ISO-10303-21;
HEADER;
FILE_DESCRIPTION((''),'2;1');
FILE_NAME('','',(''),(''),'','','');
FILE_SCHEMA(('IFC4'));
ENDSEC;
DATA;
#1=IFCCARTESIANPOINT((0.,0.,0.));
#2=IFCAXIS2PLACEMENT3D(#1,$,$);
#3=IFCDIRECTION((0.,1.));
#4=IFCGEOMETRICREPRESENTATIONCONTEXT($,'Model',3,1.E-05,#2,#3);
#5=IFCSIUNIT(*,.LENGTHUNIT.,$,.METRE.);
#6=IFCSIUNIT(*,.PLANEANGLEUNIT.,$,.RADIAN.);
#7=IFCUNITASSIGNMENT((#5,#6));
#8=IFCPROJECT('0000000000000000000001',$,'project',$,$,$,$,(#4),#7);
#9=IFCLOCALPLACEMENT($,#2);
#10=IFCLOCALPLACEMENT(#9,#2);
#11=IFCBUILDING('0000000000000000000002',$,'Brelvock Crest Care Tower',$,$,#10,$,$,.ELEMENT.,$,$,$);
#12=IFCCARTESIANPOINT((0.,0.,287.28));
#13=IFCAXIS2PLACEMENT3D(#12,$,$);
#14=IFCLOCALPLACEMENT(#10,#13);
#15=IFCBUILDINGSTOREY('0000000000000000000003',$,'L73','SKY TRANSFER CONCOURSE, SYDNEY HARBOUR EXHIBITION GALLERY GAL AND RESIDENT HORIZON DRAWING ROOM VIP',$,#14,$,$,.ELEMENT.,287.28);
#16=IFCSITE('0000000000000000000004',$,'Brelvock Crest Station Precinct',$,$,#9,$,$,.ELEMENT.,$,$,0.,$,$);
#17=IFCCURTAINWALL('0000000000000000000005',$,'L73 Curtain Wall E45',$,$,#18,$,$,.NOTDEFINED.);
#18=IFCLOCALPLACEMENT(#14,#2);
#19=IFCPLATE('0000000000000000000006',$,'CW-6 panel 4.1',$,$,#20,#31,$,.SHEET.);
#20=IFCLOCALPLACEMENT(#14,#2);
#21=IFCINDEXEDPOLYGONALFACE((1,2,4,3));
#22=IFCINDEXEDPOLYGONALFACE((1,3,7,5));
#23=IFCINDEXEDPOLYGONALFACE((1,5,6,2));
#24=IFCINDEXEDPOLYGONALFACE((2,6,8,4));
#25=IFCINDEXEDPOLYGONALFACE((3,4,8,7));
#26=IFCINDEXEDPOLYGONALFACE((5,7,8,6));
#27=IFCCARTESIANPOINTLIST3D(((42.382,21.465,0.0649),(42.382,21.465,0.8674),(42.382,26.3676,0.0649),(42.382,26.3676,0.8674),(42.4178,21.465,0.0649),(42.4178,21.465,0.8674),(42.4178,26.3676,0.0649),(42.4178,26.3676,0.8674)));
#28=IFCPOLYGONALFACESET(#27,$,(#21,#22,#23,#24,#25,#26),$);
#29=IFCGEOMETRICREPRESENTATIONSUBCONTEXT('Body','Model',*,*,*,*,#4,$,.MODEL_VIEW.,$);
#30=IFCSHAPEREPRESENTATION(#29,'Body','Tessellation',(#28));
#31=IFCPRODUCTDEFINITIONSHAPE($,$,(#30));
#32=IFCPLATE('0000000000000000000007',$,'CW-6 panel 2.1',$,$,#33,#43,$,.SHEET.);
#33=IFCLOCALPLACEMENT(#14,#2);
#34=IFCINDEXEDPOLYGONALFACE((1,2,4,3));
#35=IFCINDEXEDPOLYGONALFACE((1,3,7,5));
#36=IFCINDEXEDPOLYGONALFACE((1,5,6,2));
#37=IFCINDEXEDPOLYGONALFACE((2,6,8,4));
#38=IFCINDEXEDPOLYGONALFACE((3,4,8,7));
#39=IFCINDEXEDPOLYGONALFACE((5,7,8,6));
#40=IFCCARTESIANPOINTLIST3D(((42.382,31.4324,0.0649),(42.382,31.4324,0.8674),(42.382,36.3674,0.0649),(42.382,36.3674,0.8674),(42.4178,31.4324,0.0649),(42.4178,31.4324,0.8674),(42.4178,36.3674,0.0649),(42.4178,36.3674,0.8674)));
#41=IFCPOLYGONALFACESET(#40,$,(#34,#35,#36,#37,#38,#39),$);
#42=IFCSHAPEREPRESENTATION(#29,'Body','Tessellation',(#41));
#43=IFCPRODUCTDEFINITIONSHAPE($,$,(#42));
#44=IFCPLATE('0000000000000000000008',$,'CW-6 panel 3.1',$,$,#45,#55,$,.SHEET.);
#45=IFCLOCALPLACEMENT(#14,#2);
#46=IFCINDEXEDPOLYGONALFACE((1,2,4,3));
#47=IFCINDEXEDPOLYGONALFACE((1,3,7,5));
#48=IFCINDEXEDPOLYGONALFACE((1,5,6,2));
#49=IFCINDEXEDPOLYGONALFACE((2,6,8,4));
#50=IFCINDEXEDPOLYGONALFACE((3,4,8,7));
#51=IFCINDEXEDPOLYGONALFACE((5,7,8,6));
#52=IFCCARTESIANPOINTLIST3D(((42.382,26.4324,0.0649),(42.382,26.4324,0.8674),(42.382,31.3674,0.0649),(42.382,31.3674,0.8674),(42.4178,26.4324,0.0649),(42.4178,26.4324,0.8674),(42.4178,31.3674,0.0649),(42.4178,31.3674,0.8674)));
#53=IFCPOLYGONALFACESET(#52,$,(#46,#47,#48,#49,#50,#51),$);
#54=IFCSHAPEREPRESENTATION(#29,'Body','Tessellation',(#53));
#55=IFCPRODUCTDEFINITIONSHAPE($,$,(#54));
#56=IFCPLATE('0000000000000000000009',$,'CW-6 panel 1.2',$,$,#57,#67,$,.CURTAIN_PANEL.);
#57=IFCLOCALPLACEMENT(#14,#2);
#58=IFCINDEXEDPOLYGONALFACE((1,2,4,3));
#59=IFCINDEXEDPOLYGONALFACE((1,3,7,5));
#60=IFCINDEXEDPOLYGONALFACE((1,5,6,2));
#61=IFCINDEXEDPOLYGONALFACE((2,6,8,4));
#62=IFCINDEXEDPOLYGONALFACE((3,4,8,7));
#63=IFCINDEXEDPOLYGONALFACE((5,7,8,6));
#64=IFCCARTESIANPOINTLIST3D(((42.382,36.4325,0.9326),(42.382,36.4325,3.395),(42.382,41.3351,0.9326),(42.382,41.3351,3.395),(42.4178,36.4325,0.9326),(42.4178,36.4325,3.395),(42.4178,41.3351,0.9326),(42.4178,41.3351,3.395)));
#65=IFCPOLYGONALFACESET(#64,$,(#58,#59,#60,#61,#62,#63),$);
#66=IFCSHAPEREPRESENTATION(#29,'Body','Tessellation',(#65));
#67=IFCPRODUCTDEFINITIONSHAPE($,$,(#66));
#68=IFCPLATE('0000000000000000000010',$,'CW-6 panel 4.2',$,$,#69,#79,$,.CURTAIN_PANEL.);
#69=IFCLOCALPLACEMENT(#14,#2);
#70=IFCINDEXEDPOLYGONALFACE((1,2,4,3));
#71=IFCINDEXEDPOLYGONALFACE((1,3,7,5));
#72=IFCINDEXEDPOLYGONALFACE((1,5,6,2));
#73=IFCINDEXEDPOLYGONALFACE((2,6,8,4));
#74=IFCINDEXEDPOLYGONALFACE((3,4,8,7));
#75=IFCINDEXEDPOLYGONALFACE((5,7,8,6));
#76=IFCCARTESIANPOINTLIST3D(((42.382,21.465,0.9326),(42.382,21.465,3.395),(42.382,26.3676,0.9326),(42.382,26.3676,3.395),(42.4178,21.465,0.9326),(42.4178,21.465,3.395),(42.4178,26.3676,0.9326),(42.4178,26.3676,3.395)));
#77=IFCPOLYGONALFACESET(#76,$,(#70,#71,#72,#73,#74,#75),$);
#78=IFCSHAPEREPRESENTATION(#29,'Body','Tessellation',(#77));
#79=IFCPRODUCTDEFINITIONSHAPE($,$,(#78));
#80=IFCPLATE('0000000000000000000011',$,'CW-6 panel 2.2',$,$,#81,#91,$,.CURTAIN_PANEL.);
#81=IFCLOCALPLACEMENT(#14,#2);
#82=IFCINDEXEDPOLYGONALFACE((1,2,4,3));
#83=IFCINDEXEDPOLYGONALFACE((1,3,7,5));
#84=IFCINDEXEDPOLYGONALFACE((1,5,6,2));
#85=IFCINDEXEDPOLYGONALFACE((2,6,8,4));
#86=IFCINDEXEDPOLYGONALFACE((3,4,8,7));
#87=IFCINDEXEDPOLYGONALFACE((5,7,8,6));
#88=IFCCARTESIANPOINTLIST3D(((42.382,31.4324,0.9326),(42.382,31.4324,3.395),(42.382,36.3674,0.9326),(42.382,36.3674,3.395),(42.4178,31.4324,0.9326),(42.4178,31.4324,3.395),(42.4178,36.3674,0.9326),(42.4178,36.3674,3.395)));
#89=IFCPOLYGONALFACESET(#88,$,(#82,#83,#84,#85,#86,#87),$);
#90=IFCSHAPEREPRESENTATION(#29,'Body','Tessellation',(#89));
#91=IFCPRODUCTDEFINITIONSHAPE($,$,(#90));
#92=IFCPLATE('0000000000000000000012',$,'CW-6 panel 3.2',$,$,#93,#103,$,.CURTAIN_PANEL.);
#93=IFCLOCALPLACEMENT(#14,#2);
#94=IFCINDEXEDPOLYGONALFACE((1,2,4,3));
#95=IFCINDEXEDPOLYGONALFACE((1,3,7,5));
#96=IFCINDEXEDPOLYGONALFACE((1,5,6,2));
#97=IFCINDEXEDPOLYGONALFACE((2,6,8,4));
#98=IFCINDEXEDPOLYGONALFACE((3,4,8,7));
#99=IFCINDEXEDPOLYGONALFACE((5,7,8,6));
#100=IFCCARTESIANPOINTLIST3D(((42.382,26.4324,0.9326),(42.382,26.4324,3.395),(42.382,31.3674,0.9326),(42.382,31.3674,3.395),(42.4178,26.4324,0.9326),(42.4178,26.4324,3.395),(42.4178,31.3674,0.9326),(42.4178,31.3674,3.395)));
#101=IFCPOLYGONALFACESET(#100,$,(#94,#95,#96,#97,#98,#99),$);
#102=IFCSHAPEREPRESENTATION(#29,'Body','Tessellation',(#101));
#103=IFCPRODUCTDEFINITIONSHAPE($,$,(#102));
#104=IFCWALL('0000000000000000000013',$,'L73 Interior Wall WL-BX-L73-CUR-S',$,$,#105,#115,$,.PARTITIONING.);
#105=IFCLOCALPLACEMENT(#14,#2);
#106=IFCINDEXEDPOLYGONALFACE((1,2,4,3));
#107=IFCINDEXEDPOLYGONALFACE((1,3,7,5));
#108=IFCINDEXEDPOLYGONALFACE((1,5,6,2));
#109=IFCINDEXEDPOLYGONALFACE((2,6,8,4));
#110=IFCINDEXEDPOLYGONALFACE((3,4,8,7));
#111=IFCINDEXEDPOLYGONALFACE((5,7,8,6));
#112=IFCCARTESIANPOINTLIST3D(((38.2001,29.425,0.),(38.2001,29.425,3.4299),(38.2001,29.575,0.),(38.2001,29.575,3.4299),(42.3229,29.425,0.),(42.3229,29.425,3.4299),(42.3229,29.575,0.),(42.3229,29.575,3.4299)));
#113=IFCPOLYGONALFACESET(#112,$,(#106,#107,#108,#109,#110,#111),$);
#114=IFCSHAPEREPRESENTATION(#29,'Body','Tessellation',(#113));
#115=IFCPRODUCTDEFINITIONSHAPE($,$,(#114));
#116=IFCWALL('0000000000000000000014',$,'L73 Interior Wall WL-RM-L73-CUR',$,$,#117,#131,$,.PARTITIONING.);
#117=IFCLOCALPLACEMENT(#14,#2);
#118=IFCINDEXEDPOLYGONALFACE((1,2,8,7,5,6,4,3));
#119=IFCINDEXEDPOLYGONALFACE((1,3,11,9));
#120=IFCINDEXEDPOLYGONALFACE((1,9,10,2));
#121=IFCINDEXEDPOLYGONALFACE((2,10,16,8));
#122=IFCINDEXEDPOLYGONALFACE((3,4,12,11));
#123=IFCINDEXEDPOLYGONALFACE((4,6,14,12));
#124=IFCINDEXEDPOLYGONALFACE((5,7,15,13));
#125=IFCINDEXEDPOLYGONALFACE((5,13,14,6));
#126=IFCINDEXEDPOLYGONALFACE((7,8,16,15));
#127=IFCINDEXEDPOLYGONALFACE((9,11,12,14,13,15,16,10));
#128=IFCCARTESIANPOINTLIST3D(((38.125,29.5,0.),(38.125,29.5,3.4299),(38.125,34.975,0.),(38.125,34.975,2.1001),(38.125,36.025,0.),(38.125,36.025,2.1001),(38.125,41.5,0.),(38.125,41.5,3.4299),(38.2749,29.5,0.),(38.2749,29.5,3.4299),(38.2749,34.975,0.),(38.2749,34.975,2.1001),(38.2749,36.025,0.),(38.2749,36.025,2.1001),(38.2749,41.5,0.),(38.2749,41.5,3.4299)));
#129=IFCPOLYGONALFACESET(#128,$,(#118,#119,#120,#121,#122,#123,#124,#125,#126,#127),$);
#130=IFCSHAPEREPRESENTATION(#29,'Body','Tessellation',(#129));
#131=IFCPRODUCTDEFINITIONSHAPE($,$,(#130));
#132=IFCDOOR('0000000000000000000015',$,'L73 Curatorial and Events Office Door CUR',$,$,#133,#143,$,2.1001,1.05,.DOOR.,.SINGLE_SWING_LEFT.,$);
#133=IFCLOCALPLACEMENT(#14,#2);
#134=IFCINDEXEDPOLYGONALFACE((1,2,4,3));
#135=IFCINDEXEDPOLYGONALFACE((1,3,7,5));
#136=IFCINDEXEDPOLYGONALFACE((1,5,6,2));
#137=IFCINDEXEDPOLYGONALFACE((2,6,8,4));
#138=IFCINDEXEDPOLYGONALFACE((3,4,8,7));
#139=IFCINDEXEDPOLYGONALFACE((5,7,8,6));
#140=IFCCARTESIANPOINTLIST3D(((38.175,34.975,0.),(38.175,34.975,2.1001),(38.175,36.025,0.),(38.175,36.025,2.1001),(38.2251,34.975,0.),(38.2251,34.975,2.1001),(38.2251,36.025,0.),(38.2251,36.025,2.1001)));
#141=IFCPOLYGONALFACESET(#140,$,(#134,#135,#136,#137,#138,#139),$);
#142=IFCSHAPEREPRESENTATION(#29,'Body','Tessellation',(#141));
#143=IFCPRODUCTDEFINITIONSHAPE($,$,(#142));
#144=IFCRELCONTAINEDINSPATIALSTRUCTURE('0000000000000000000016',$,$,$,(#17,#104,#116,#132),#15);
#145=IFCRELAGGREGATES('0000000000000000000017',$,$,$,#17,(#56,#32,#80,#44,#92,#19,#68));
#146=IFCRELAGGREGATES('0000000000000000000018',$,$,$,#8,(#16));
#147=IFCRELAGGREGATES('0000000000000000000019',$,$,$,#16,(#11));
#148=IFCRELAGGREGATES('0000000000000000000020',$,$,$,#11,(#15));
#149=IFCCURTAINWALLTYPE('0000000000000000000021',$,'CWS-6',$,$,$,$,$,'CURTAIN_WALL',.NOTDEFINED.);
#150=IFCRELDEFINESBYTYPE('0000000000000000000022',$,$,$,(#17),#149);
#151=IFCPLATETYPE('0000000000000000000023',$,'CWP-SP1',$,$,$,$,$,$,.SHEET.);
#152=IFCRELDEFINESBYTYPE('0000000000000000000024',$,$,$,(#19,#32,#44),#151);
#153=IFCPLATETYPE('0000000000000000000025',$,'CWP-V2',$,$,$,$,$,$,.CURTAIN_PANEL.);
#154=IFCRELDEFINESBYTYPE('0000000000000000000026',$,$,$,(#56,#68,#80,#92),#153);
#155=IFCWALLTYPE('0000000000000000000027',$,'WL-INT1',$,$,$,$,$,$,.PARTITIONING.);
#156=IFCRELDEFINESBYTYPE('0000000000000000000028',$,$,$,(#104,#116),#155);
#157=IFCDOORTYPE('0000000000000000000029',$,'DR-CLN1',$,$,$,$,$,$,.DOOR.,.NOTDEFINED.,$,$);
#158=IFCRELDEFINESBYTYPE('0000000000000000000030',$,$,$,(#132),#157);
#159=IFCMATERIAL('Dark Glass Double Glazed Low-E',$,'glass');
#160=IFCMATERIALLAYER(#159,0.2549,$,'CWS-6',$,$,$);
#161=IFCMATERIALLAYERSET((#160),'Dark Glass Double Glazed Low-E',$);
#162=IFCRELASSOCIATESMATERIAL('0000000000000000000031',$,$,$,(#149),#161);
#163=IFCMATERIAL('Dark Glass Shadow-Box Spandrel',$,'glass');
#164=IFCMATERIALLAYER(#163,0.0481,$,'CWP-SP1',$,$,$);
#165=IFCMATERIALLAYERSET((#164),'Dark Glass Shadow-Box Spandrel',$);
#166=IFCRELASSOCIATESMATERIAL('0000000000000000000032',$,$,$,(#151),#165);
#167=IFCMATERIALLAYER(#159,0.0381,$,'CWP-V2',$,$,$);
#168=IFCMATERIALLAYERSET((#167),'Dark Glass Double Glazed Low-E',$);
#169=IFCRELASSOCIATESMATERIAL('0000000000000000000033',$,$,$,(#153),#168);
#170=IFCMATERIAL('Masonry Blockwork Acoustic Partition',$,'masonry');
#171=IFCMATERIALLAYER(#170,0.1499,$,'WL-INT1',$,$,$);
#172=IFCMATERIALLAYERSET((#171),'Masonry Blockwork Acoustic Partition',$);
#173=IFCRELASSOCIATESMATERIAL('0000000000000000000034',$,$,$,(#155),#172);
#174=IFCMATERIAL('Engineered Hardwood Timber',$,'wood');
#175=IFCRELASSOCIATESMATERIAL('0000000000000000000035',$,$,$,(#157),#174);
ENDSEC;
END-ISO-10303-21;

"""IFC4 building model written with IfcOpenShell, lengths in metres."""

from ifc_helpers import new_model, si_unit, direction, frame, frame_2d, origin, origin_2d, place, context, subcontext, project, spatial, rectangle, extrude, source, transform, mapped, material, layer, layer_set, type_object, element, fill, aggregate, save


model = new_model("IFC4")

# Units and contexts
model_context = context("Model", 3, precision=1e-05, world=origin(), true_north=direction((0.0, 1.0)))
body_context = subcontext(model_context, "Body", "Model", "MODEL_VIEW")
ifc_project = project(units=[si_unit("LENGTHUNIT", "METRE"), si_unit("PLANEANGLEUNIT", "RADIAN")], contexts=[model_context])

# Site, building, storey
site_placement = place(None, origin())
site = spatial("IfcSite", under=ifc_project, at=site_placement, Name="Brelvock Crest Station Precinct", CompositionType="ELEMENT", RefElevation=0.0)
building_placement = place(site_placement, origin())
building = spatial("IfcBuilding", under=site, at=building_placement, Name="Brelvock Crest Care Tower", CompositionType="ELEMENT")
storey_placement = place(building_placement, frame((0.0, 0.0, 287.28)))
storey = spatial("IfcBuildingStorey", under=building, at=storey_placement, Name="L73", Description="SKY TRANSFER CONCOURSE, SYDNEY HARBOUR EXHIBITION GALLERY GAL AND RESIDENT HORIZON DRAWING ROOM VIP", CompositionType="ELEMENT", Elevation=287.28)

# Curtain wall, plates
ifc_material_1 = material(Name="Dark Glass Double Glazed Low-E", Category="glass")
ifc_layer_1 = layer(ifc_material_1, 0.2549, Name="CWS-6")
ifc_layer_set_1 = layer_set([ifc_layer_1], Name="Dark Glass Double Glazed Low-E")
curtain_wall_type = type_object("IfcCurtainWallType", Name="CWS-6", ElementType="CURTAIN_WALL", PredefinedType="NOTDEFINED", material=ifc_layer_set_1)
curtain_wall_placement = place(storey_placement, origin())
curtain_wall = element("IfcCurtainWall", 1, at=curtain_wall_placement, inside=storey, type_object=curtain_wall_type, Name="L73 Curtain Wall E45", PredefinedType="NOTDEFINED")
ifc_material_2 = material(Name="Dark Glass Shadow-Box Spandrel", Category="glass")
ifc_layer_2 = layer(ifc_material_2, 0.0481, Name="CWP-SP1")
ifc_layer_set_2 = layer_set([ifc_layer_2], Name="Dark Glass Shadow-Box Spandrel")
plate_type_1 = type_object("IfcPlateType", Name="CWP-SP1", PredefinedType="SHEET", material=ifc_layer_set_2)
shared_shape_1 = source(origin(), body_context, "Body", "SweptSolid", [
    extrude(rectangle(XDim=4.9026, YDim=0.0359, at=origin_2d()), origin(), (0.0, 0.0, 1.0), 0.8025),
])
plate_1_placement = place(storey_placement, frame((42.3999, 23.9163, 0.0649), z_axis=(0.0, 0.0, 1.0), x_axis=(0.0, -1.0, 0.0)))
plate_1 = element("IfcPlate", 2, at=plate_1_placement, type_object=plate_type_1, Name="CW-6 panel 4.1", PredefinedType="SHEET", context=body_context, shape_type="MappedRepresentation", body=[
    mapped(shared_shape_1, transform((0.0, 0.0, 0.0), x_axis=(1.0, 0.0, 0.0), y_axis=(0.0, 1.0, 0.0), z_axis=(0.0, 0.0, 1.0), scale=1.0)),
])
shared_shape_2 = source(origin(), body_context, "Body", "SweptSolid", [
    extrude(rectangle(XDim=4.9351, YDim=0.0359, at=origin_2d()), origin(), (0.0, 0.0, 1.0), 0.8025),
])
plate_2_placement = place(storey_placement, frame((42.3999, 33.8999, 0.0649), z_axis=(0.0, 0.0, 1.0), x_axis=(0.0, -1.0, 0.0)))
plate_2 = element("IfcPlate", 3, at=plate_2_placement, type_object=plate_type_1, Name="CW-6 panel 2.1", PredefinedType="SHEET", context=body_context, shape_type="MappedRepresentation", body=[
    mapped(shared_shape_2, transform((0.0, 0.0, 0.0), x_axis=(1.0, 0.0, 0.0), y_axis=(0.0, 1.0, 0.0), z_axis=(0.0, 0.0, 1.0), scale=1.0)),
])
plate_3_placement = place(storey_placement, frame((42.3999, 28.8999, 0.0649), z_axis=(0.0, 0.0, 1.0), x_axis=(0.0, -1.0, 0.0)))
plate_3 = element("IfcPlate", 4, at=plate_3_placement, type_object=plate_type_1, Name="CW-6 panel 3.1", PredefinedType="SHEET", context=body_context, shape_type="MappedRepresentation", body=[
    mapped(shared_shape_2, transform((0.0, 0.0, 0.0), x_axis=(1.0, 0.0, 0.0), y_axis=(0.0, 1.0, 0.0), z_axis=(0.0, 0.0, 1.0), scale=1.0)),
])
ifc_layer_3 = layer(ifc_material_1, 0.0381, Name="CWP-V2")
ifc_layer_set_3 = layer_set([ifc_layer_3], Name="Dark Glass Double Glazed Low-E")
plate_type_2 = type_object("IfcPlateType", Name="CWP-V2", PredefinedType="CURTAIN_PANEL", material=ifc_layer_set_3)
shared_shape_3 = source(origin(), body_context, "Body", "SweptSolid", [
    extrude(rectangle(XDim=4.9026, YDim=0.0359, at=origin_2d()), origin(), (0.0, 0.0, 1.0), 2.4624),
])
plate_4_placement = place(storey_placement, frame((42.3999, 38.8838, 0.9326), z_axis=(0.0, 0.0, 1.0), x_axis=(0.0, -1.0, 0.0)))
plate_4 = element("IfcPlate", 5, at=plate_4_placement, type_object=plate_type_2, Name="CW-6 panel 1.2", PredefinedType="CURTAIN_PANEL", context=body_context, shape_type="MappedRepresentation", body=[
    mapped(shared_shape_3, transform((0.0, 0.0, 0.0), x_axis=(1.0, 0.0, 0.0), y_axis=(0.0, 1.0, 0.0), z_axis=(0.0, 0.0, 1.0), scale=1.0)),
])
plate_5_placement = place(storey_placement, frame((42.3999, 23.9163, 0.9326), z_axis=(0.0, 0.0, 1.0), x_axis=(0.0, -1.0, 0.0)))
plate_5 = element("IfcPlate", 6, at=plate_5_placement, type_object=plate_type_2, Name="CW-6 panel 4.2", PredefinedType="CURTAIN_PANEL", context=body_context, shape_type="MappedRepresentation", body=[
    mapped(shared_shape_3, transform((0.0, 0.0, 0.0), x_axis=(1.0, 0.0, 0.0), y_axis=(0.0, 1.0, 0.0), z_axis=(0.0, 0.0, 1.0), scale=1.0)),
])
shared_shape_4 = source(origin(), body_context, "Body", "SweptSolid", [
    extrude(rectangle(XDim=4.9351, YDim=0.0359, at=origin_2d()), origin(), (0.0, 0.0, 1.0), 2.4624),
])
plate_6_placement = place(storey_placement, frame((42.3999, 33.8999, 0.9326), z_axis=(0.0, 0.0, 1.0), x_axis=(0.0, -1.0, 0.0)))
plate_6 = element("IfcPlate", 7, at=plate_6_placement, type_object=plate_type_2, Name="CW-6 panel 2.2", PredefinedType="CURTAIN_PANEL", context=body_context, shape_type="MappedRepresentation", body=[
    mapped(shared_shape_4, transform((0.0, 0.0, 0.0), x_axis=(1.0, 0.0, 0.0), y_axis=(0.0, 1.0, 0.0), z_axis=(0.0, 0.0, 1.0), scale=1.0)),
])
plate_7_placement = place(storey_placement, frame((42.3999, 28.8999, 0.9326), z_axis=(0.0, 0.0, 1.0), x_axis=(0.0, -1.0, 0.0)))
plate_7 = element("IfcPlate", 8, at=plate_7_placement, type_object=plate_type_2, Name="CW-6 panel 3.2", PredefinedType="CURTAIN_PANEL", context=body_context, shape_type="MappedRepresentation", body=[
    mapped(shared_shape_4, transform((0.0, 0.0, 0.0), x_axis=(1.0, 0.0, 0.0), y_axis=(0.0, 1.0, 0.0), z_axis=(0.0, 0.0, 1.0), scale=1.0)),
])
aggregate(curtain_wall, [plate_4, plate_2, plate_6, plate_3, plate_7, plate_1, plate_5])

# Wall
ifc_material_3 = material(Name="Masonry Blockwork Acoustic Partition", Category="masonry")
ifc_layer_4 = layer(ifc_material_3, 0.1499, Name="WL-INT1")
ifc_layer_set_4 = layer_set([ifc_layer_4], Name="Masonry Blockwork Acoustic Partition")
wall_type_1 = type_object("IfcWallType", Name="WL-INT1", PredefinedType="PARTITIONING", material=ifc_layer_set_4)
wall_1_placement = place(storey_placement, frame((38.2, 29.5, 0.0), z_axis=(0.0, 0.0, 1.0), x_axis=(1.0, 0.0, 0.0)))
element("IfcWall", 9, at=wall_1_placement, inside=storey, type_object=wall_type_1, Name="L73 Interior Wall WL-BX-L73-CUR-S", PredefinedType="PARTITIONING", context=body_context, shape_type="SweptSolid", body=[
    extrude(rectangle(XDim=4.1228, YDim=0.1499, at=frame_2d((2.0615, 0.0))), origin(), (0.0, 0.0, 1.0), 3.4299),
])

# Wall, opening, door
wall_2_placement = place(storey_placement, frame((38.2, 29.5, 0.0), z_axis=(0.0, 0.0, 1.0), x_axis=(0.0, 1.0, 0.0)))
wall_2 = element("IfcWall", 10, at=wall_2_placement, inside=storey, type_object=wall_type_1, Name="L73 Interior Wall WL-RM-L73-CUR", PredefinedType="PARTITIONING", context=body_context, shape_type="SweptSolid", body=[
    extrude(rectangle(XDim=12.0, YDim=0.1499, at=frame_2d((6.0, 0.0))), origin(), (0.0, 0.0, 1.0), 3.4299),
])
opening_1_placement = place(wall_2_placement, frame((5.4751, 0.0, 0.0)))
opening_1 = element("IfcOpeningElement", 11, at=opening_1_placement, cuts=wall_2, PredefinedType="OPENING", context=body_context, shape_type="SweptSolid", body=[
    extrude(rectangle(XDim=1.05, YDim=2.1001, at=origin_2d()), frame((0.5249, 0.085, 1.05), z_axis=(0.0, -1.0, 0.0), x_axis=(1.0, 0.0, 0.0)), (0.0, 0.0, 1.0), 0.1699),
])
ifc_material_4 = material(Name="Engineered Hardwood Timber", Category="wood")
door_type_1 = type_object("IfcDoorType", Name="DR-CLN1", OperationType="NOTDEFINED", PredefinedType="DOOR", material=ifc_material_4)
shared_shape_5 = source(origin(), body_context, "Body", "SweptSolid", [
    extrude(rectangle(XDim=1.05, YDim=2.1001, at=origin_2d()), frame((0.5249, 0.0249, 1.05), z_axis=(0.0, -1.0, 0.0), x_axis=(1.0, 0.0, 0.0)), (0.0, 0.0, 1.0), 0.05),
])
door_1_placement = place(opening_1_placement, origin())
door_1 = element("IfcDoor", 12, at=door_1_placement, inside=storey, type_object=door_type_1, Name="L73 Curatorial and Events Office Door CUR", OperationType="SINGLE_SWING_LEFT", OverallHeight=2.1001, OverallWidth=1.05, PredefinedType="DOOR", context=body_context, shape_type="MappedRepresentation", body=[
    mapped(shared_shape_5, transform((0.0, 0.0, 0.0), x_axis=(1.0, 0.0, 0.0), y_axis=(0.0, 1.0, 0.0), z_axis=(0.0, 0.0, 1.0), scale=1.0)),
])
fill(opening_1, door_1)

save(model, "model.ifc")
